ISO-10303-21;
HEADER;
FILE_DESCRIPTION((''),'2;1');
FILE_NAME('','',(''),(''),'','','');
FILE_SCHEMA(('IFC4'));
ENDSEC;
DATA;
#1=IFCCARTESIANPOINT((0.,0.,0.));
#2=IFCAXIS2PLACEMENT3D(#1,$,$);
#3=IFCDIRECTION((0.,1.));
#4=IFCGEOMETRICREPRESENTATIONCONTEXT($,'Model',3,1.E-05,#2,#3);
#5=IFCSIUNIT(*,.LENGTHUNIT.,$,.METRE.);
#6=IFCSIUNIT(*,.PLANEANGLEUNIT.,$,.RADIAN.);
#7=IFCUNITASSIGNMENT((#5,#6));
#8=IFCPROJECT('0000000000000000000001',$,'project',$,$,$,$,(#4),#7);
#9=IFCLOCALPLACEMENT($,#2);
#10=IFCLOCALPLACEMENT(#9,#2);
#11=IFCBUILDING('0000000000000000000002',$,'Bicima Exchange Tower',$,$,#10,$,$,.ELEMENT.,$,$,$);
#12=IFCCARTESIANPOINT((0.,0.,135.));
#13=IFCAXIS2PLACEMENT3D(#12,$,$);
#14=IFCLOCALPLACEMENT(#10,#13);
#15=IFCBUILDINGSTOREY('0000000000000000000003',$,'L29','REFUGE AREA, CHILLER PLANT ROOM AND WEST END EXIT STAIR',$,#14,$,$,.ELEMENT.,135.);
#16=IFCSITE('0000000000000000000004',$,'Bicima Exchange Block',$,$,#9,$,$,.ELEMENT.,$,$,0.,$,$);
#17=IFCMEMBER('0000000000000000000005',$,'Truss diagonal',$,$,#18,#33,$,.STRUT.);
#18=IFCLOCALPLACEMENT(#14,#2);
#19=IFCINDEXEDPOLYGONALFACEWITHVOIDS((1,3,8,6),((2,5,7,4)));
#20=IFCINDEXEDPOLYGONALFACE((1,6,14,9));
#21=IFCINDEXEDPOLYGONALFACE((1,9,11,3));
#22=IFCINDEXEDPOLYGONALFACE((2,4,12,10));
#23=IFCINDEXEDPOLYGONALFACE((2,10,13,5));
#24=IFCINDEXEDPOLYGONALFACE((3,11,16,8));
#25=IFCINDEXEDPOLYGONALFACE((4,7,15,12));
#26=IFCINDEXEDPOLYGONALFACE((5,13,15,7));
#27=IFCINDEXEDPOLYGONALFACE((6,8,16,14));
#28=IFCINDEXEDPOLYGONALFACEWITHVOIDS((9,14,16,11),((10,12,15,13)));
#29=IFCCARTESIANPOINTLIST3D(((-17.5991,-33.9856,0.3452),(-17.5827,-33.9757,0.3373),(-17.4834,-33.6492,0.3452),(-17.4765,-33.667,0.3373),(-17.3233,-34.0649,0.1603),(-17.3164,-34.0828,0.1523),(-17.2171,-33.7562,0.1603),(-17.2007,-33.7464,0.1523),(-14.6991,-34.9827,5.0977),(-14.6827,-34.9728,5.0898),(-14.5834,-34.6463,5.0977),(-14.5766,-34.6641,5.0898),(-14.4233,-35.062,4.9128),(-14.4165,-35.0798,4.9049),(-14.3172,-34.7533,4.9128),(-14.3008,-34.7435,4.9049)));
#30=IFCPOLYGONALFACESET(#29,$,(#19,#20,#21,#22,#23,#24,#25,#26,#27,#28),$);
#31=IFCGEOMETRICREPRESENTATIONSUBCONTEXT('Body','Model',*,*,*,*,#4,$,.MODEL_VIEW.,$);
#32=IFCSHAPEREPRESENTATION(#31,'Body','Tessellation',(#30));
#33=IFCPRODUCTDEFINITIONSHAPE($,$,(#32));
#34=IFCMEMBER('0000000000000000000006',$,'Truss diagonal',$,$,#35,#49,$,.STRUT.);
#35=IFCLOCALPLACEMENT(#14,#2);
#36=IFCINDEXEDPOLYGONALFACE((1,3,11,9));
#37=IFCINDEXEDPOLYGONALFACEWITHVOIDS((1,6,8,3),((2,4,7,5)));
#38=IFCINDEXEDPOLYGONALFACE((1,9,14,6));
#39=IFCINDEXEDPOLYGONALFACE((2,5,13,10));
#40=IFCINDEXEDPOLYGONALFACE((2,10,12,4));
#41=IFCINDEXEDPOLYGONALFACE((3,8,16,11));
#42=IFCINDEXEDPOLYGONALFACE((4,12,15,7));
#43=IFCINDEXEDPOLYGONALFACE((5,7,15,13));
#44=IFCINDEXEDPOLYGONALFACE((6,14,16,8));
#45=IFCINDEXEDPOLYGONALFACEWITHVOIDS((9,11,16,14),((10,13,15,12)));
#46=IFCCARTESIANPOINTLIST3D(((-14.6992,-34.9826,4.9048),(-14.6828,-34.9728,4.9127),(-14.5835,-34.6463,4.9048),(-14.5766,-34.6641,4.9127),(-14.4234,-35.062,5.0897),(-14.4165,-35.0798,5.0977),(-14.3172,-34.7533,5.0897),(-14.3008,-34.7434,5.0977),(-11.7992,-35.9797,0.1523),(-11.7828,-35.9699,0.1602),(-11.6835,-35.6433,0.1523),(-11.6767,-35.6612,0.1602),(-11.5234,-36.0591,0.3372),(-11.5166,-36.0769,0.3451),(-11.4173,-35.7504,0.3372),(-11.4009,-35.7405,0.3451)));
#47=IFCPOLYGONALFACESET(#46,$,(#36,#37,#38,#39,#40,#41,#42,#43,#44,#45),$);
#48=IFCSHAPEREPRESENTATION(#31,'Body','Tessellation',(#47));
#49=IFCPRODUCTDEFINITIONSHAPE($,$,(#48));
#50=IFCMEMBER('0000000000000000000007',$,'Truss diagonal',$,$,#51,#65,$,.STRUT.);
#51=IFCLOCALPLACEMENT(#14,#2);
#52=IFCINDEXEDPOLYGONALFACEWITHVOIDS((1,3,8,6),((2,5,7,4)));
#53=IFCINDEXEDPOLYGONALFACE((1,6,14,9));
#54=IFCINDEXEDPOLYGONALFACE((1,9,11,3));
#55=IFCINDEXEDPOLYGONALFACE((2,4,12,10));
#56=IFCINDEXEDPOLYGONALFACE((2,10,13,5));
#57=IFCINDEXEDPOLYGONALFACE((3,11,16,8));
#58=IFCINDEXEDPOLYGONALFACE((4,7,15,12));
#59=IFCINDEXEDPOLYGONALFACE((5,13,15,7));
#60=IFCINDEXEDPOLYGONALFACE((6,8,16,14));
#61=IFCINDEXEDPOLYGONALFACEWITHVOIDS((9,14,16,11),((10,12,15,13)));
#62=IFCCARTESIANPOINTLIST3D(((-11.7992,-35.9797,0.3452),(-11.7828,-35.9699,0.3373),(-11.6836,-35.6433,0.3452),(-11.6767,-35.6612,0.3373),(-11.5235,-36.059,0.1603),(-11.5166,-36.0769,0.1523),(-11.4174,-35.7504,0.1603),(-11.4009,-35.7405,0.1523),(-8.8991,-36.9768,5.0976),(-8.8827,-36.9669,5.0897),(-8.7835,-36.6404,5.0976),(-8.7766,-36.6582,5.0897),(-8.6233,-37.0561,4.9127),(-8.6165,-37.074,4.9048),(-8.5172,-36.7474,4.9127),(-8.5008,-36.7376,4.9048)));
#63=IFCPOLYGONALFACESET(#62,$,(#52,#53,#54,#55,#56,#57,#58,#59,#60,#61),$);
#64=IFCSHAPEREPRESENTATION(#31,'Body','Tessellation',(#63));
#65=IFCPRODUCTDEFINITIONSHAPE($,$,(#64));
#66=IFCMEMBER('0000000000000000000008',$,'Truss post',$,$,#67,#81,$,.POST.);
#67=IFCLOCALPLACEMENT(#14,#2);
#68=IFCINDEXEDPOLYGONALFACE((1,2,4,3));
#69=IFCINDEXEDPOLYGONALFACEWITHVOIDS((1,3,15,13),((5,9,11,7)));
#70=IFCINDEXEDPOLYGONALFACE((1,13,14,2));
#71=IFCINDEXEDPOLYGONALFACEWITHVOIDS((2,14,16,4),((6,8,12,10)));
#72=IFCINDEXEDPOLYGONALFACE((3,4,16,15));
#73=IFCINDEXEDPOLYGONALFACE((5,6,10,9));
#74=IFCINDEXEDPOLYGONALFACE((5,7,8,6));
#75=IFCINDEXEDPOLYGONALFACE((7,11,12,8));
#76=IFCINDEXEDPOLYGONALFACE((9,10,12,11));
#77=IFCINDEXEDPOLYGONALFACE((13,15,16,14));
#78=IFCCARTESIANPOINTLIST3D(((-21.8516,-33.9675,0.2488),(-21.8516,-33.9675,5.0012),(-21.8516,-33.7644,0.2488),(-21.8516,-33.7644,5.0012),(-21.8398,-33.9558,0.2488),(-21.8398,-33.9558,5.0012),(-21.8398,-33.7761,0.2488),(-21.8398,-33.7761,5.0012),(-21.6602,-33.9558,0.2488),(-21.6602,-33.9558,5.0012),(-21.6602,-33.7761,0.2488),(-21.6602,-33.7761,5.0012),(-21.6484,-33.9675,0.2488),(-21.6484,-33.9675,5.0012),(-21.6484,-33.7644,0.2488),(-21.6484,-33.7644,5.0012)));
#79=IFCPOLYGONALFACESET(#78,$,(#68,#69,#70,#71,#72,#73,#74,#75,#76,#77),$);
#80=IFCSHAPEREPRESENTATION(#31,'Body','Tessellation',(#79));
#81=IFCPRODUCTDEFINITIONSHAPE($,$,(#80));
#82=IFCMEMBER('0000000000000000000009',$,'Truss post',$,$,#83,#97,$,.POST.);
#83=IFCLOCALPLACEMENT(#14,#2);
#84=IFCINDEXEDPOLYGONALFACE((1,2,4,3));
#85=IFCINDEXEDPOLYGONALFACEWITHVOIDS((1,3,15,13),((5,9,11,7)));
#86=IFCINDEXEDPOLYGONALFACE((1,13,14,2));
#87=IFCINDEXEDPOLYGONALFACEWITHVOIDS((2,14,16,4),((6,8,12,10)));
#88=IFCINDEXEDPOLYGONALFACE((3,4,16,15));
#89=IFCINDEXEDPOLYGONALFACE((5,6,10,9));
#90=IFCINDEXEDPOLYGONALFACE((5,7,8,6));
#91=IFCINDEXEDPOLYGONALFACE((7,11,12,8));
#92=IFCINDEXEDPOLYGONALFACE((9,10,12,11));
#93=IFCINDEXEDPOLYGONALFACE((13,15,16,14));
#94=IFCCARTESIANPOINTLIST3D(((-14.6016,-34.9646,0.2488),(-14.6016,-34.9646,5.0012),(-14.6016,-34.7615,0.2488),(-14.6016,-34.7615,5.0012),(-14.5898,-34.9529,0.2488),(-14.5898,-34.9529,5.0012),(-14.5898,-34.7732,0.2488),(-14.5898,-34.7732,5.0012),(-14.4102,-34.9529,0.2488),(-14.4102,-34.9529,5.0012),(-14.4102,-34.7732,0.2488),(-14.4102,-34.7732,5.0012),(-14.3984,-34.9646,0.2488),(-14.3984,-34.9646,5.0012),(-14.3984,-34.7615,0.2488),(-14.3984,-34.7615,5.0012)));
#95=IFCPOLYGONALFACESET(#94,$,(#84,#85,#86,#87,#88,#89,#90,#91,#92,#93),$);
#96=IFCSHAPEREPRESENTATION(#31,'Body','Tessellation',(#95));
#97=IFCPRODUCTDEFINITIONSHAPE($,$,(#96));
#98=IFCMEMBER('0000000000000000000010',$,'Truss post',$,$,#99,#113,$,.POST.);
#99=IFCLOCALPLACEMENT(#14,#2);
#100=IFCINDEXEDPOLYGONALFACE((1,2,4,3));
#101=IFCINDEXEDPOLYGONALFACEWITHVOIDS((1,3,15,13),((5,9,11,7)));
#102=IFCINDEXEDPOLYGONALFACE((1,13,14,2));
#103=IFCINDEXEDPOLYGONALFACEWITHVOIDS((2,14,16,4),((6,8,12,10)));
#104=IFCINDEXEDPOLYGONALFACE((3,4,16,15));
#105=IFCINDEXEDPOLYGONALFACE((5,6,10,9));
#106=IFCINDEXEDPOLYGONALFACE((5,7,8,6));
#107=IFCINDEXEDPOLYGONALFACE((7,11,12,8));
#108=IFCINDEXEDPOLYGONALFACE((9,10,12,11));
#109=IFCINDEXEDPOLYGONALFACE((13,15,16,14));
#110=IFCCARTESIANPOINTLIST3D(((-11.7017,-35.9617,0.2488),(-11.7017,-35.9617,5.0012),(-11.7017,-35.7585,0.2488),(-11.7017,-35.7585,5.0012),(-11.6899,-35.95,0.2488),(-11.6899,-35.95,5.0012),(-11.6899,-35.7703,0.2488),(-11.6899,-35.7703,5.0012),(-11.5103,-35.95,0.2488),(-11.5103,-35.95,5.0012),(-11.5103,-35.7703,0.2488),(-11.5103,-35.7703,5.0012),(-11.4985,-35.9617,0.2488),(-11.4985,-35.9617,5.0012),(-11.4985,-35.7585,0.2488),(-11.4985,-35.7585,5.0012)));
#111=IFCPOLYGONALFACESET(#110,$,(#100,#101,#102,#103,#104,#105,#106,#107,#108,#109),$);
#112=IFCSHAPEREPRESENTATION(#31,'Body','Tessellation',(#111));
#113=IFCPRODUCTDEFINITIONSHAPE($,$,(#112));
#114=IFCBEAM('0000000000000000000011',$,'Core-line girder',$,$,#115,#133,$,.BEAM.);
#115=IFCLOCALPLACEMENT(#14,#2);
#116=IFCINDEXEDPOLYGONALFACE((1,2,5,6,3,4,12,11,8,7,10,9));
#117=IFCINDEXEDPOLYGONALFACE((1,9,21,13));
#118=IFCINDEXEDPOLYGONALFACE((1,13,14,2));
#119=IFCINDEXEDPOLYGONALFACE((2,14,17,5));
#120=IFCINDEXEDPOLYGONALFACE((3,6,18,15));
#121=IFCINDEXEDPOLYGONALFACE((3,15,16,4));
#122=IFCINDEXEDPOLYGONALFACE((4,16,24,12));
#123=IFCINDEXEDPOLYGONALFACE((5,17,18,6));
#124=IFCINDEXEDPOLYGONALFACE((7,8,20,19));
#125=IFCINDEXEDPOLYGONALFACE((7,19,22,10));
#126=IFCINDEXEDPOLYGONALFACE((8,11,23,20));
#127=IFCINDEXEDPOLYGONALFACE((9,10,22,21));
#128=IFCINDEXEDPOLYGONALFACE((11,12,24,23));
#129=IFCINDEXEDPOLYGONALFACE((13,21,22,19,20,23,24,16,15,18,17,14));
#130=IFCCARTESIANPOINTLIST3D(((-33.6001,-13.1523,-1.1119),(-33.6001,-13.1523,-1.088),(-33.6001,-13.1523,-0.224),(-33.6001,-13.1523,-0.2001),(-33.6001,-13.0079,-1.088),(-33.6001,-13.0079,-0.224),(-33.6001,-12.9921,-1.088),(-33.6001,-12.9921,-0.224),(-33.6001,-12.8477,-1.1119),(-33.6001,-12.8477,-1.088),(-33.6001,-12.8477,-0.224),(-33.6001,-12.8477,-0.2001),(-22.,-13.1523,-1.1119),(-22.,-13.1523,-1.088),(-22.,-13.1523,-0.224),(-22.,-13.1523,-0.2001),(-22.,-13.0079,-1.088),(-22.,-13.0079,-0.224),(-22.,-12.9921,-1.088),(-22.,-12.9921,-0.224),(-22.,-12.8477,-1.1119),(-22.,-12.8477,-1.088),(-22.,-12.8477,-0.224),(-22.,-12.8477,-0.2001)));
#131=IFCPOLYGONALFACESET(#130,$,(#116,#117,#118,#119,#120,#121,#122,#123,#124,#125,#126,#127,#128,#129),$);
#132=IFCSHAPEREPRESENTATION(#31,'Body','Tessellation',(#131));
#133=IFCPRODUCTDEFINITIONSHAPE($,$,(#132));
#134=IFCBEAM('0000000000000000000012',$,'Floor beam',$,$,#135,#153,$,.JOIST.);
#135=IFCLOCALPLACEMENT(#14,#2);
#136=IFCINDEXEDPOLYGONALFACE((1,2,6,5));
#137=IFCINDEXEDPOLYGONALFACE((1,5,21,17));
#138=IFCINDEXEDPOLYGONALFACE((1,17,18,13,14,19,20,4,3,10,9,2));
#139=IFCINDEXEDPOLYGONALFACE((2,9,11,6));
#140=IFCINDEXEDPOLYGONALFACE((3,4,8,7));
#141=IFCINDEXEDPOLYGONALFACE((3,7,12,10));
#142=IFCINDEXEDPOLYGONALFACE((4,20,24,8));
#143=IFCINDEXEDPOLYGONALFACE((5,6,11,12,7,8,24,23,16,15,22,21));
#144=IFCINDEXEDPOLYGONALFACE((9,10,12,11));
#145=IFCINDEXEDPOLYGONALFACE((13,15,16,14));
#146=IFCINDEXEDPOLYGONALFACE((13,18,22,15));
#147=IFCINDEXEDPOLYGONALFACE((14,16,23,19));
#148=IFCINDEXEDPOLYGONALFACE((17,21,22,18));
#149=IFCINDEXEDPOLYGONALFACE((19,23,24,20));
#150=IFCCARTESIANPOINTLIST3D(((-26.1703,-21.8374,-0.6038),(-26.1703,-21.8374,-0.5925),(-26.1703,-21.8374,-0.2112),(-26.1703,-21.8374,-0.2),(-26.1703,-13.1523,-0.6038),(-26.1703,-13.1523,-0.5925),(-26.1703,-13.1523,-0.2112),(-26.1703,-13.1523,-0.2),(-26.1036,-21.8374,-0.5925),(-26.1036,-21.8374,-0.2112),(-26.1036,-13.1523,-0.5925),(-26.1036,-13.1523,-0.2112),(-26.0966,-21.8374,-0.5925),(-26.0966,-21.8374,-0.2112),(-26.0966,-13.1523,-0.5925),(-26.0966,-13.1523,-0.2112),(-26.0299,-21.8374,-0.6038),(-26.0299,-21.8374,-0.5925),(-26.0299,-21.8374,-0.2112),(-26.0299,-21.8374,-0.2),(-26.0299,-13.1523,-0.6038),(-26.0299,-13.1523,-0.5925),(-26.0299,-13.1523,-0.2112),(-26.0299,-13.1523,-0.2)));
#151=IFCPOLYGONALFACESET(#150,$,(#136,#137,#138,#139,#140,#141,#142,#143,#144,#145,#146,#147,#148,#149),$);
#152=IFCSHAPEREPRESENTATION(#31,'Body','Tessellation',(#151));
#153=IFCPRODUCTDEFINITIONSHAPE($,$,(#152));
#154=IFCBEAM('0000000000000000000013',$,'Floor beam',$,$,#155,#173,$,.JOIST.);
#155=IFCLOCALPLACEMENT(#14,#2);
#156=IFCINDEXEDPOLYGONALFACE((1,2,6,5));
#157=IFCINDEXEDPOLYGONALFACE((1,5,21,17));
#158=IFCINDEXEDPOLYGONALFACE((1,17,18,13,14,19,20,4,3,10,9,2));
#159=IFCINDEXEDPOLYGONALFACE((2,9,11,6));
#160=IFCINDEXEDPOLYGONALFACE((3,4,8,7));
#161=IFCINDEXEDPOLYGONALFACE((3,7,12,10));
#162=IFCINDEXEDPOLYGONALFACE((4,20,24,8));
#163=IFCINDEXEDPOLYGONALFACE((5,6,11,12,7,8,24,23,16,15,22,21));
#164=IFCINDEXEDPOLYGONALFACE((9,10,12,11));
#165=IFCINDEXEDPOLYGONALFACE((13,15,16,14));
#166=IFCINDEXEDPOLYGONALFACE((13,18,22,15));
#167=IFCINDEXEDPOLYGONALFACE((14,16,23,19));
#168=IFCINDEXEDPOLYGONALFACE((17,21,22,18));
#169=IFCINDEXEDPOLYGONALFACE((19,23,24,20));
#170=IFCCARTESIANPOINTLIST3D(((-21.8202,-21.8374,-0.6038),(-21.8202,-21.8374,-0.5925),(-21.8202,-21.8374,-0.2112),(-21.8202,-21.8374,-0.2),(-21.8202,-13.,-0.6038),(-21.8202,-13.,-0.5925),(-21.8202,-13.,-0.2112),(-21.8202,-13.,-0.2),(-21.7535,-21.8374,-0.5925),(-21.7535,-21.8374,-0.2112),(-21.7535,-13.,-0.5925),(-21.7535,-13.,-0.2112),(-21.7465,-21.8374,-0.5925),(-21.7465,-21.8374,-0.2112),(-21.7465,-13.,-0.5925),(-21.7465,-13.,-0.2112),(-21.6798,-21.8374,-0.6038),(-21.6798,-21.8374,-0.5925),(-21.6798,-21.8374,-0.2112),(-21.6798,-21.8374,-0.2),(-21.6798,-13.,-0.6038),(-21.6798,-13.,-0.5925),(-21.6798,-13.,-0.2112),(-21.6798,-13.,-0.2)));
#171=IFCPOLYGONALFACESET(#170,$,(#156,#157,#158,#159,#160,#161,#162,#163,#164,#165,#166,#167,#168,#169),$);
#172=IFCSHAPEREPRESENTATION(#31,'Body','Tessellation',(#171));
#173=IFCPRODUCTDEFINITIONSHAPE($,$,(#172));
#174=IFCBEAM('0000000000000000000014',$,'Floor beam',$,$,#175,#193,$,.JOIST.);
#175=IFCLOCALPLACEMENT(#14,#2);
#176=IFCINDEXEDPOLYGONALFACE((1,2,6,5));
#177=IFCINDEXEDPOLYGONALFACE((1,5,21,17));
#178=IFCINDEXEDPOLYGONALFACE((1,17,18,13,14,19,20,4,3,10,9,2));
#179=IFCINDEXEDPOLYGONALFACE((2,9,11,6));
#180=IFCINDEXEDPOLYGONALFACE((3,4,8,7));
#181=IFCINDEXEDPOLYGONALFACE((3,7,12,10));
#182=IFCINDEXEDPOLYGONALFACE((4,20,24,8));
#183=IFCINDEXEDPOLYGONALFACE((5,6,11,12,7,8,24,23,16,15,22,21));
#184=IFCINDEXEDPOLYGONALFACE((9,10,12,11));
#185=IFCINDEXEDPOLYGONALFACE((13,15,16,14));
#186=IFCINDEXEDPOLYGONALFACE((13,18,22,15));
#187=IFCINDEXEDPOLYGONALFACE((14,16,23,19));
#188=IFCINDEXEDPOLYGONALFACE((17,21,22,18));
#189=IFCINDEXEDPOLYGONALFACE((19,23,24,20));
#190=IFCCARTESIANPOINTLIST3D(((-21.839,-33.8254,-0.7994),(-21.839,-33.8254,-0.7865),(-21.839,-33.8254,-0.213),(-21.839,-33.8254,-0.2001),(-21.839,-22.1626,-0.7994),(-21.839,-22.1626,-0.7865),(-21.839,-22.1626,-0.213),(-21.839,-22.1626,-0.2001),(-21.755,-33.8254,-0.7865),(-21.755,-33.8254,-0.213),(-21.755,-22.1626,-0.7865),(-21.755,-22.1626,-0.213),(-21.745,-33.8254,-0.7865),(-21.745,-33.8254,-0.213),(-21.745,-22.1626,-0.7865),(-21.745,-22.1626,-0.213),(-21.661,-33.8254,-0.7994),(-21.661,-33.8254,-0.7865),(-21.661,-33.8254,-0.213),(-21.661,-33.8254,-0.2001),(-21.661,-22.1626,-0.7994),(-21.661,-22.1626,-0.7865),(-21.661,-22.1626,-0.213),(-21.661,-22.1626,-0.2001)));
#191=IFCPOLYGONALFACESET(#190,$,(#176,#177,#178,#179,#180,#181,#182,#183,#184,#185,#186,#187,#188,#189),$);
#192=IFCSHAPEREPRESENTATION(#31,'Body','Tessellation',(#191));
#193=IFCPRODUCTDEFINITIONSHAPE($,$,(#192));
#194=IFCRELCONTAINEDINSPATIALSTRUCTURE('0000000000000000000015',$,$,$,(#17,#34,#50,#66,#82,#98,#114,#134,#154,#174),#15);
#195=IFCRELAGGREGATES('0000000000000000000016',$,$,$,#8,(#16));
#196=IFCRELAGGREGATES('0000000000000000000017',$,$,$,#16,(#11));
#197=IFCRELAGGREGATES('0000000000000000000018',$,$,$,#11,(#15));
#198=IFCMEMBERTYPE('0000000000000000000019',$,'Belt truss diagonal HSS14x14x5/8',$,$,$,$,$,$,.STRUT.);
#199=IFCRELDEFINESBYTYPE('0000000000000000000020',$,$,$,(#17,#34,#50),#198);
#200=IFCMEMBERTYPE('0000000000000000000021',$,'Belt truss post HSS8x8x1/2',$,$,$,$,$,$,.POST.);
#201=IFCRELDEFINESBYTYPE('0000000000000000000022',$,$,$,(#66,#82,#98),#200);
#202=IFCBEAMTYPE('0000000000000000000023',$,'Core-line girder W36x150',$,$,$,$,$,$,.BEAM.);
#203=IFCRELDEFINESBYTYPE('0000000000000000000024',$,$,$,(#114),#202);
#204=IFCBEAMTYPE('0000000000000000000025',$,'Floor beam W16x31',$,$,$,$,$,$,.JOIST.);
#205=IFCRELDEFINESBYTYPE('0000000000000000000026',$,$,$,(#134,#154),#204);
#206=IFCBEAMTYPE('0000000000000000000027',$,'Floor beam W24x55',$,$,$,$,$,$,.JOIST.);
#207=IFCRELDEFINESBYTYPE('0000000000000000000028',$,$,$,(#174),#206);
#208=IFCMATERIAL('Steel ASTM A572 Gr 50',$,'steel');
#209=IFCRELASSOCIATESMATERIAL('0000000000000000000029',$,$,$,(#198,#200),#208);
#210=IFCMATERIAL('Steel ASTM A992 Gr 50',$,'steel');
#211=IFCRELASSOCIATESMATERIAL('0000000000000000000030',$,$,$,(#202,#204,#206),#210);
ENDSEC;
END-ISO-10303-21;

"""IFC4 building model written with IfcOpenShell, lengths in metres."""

from ifc_helpers import new_model, si_unit, direction, frame, origin, origin_2d, place, context, subcontext, project, spatial, hollow_rectangle, i_section, extrude, material, material_profile, profile_set, type_object, element, save


model = new_model("IFC4")

# Units and contexts
model_context = context("Model", 3, precision=1e-05, world=origin(), true_north=direction((0.0, 1.0)))
body_context = subcontext(model_context, "Body", "Model", "MODEL_VIEW")
ifc_project = project(units=[si_unit("LENGTHUNIT", "METRE"), si_unit("PLANEANGLEUNIT", "RADIAN")], contexts=[model_context])

# Site, building, storey
site_placement = place(None, origin())
site = spatial("IfcSite", under=ifc_project, at=site_placement, Name="Bicima Exchange Block", CompositionType="ELEMENT", RefElevation=0.0)
building_placement = place(site_placement, origin())
building = spatial("IfcBuilding", under=site, at=building_placement, Name="Bicima Exchange Tower", CompositionType="ELEMENT")
storey_placement = place(building_placement, frame((0.0, 0.0, 135.0)))
storey = spatial("IfcBuildingStorey", under=building, at=storey_placement, Name="L29", Description="REFUGE AREA, CHILLER PLANT ROOM AND WEST END EXIT STAIR", CompositionType="ELEMENT", Elevation=135.0)

# Shared definitions
ifc_material_1 = material(Name="Steel ASTM A992 Gr 50", Category="steel")

# Members
ifc_material_2 = material(Name="Steel ASTM A572 Gr 50", Category="steel")
ifc_material_profile_1 = material_profile(ifc_material_2, hollow_rectangle(XDim=0.3557, YDim=0.3557, WallThickness=0.0146, at=origin_2d()))
ifc_profile_set_1 = profile_set([ifc_material_profile_1], Name="Steel ASTM A572 Gr 50")
member_type_1 = type_object("IfcMemberType", Name="Belt truss diagonal HSS14x14x5/8", PredefinedType="STRUT", material=ifc_profile_set_1)
for number, where, z_axis, x_axis, name in (
    (1, (-17.3999, -33.866, 0.2488), (0.512721, -0.176288, 0.840262), (0.325147, 0.945664, 0.0), "Truss diagonal"),
    (2, (-14.5, -34.863, 5.0012), (0.512721, -0.176288, -0.840262), (0.325147, 0.945664, 0.0), "Truss diagonal"),
    (3, (-11.6001, -35.8601, 0.2488), (0.512753, -0.176284, 0.840243), (0.325122, 0.945672, 0.0), "Truss diagonal"),
):
    element("IfcMember", number, at=place(storey_placement, frame(where, z_axis=z_axis, x_axis=x_axis)), inside=storey, type_object=member_type_1, Name=name, PredefinedType="STRUT", context=body_context, shape_type="SweptSolid", body=[
        extrude(hollow_rectangle(XDim=0.3557, YDim=0.3557, WallThickness=0.0146, at=origin_2d()), origin(), (0.0, 0.0, 1.0), 5.656),
    ])
ifc_material_profile_2 = material_profile(ifc_material_2, hollow_rectangle(XDim=0.2031, YDim=0.2031, WallThickness=0.0117, at=origin_2d()))
ifc_profile_set_2 = profile_set([ifc_material_profile_2], Name="Steel ASTM A572 Gr 50")
member_type_2 = type_object("IfcMemberType", Name="Belt truss post HSS8x8x1/2", PredefinedType="POST", material=ifc_profile_set_2)
for number, where, z_axis, x_axis, name in (
    (4, (-21.75, -33.866, 0.2488), (0.0, 0.0, 1.0), (1.0, 0.0, 0.0), "Truss post"),
    (5, (-14.5, -34.863, 0.2488), (0.0, 0.0, 1.0), (1.0, 0.0, 0.0), "Truss post"),
    (6, (-11.6001, -35.8601, 0.2488), (0.0, 0.0, 1.0), (1.0, 0.0, 0.0), "Truss post"),
):
    element("IfcMember", number, at=place(storey_placement, frame(where, z_axis=z_axis, x_axis=x_axis)), inside=storey, type_object=member_type_2, Name=name, PredefinedType="POST", context=body_context, shape_type="SweptSolid", body=[
        extrude(hollow_rectangle(XDim=0.2031, YDim=0.2031, WallThickness=0.0117, at=origin_2d()), origin(), (0.0, 0.0, 1.0), 4.7524),
    ])

# Beams
ifc_material_profile_3 = material_profile(ifc_material_1, i_section(OverallWidth=0.3047, OverallDepth=0.9119, WebThickness=0.0159, FlangeThickness=0.0239, at=origin_2d()))
ifc_profile_set_3 = profile_set([ifc_material_profile_3], Name="Steel ASTM A992 Gr 50")
beam_type_1 = type_object("IfcBeamType", Name="Core-line girder W36x150", PredefinedType="BEAM", material=ifc_profile_set_3)
beam_1_placement = place(storey_placement, frame((-22.0, -13.0, -0.656), z_axis=(-1.0, 0.0, 0.0), x_axis=(0.0, -1.0, 0.0)))
element("IfcBeam", 7, at=beam_1_placement, inside=storey, type_object=beam_type_1, Name="Core-line girder", PredefinedType="BEAM", context=body_context, shape_type="SweptSolid", body=[
    extrude(i_section(OverallWidth=0.3047, OverallDepth=0.9119, WebThickness=0.0159, FlangeThickness=0.0239, at=origin_2d()), origin(), (0.0, 0.0, 1.0), 11.6001),
])
ifc_material_profile_4 = material_profile(ifc_material_1, i_section(OverallWidth=0.1404, OverallDepth=0.4038, WebThickness=0.0071, FlangeThickness=0.0112, at=origin_2d()))
ifc_profile_set_4 = profile_set([ifc_material_profile_4], Name="Steel ASTM A992 Gr 50")
beam_type_2 = type_object("IfcBeamType", Name="Floor beam W16x31", PredefinedType="JOIST", material=ifc_profile_set_4)
beam_2_placement = place(storey_placement, frame((-26.1001, -13.1523, -0.4019), z_axis=(0.0, -1.0, 0.0), x_axis=(1.0, 0.0, 0.0)))
element("IfcBeam", 8, at=beam_2_placement, inside=storey, type_object=beam_type_2, Name="Floor beam", PredefinedType="JOIST", context=body_context, shape_type="SweptSolid", body=[
    extrude(i_section(OverallWidth=0.1404, OverallDepth=0.4038, WebThickness=0.0071, FlangeThickness=0.0112, at=origin_2d()), origin(), (0.0, 0.0, 1.0), 8.6851),
])
beam_3_placement = place(storey_placement, frame((-21.75, -13.0, -0.4019), z_axis=(0.0, -1.0, 0.0), x_axis=(1.0, 0.0, 0.0)))
element("IfcBeam", 9, at=beam_3_placement, inside=storey, type_object=beam_type_2, Name="Floor beam", PredefinedType="JOIST", context=body_context, shape_type="SweptSolid", body=[
    extrude(i_section(OverallWidth=0.1404, OverallDepth=0.4038, WebThickness=0.0071, FlangeThickness=0.0112, at=origin_2d()), origin(), (0.0, 0.0, 1.0), 8.8374),
])
ifc_material_profile_5 = material_profile(ifc_material_1, i_section(OverallWidth=0.178, OverallDepth=0.5994, WebThickness=0.01, FlangeThickness=0.0129, at=origin_2d()))
ifc_profile_set_5 = profile_set([ifc_material_profile_5], Name="Steel ASTM A992 Gr 50")
beam_type_3 = type_object("IfcBeamType", Name="Floor beam W24x55", PredefinedType="JOIST", material=ifc_profile_set_5)
for number, where, z_axis, x_axis, name in (
    (10, (-21.75, -22.1626, -0.4998), (0.0, -1.0, 0.0), (1.0, 0.0, 0.0), "Floor beam"),
):
    element("IfcBeam", number, at=place(storey_placement, frame(where, z_axis=z_axis, x_axis=x_axis)), inside=storey, type_object=beam_type_3, Name=name, PredefinedType="JOIST", context=body_context, shape_type="SweptSolid", body=[
        extrude(i_section(OverallWidth=0.178, OverallDepth=0.5994, WebThickness=0.01, FlangeThickness=0.0129, at=origin_2d()), origin(), (0.0, 0.0, 1.0), 11.6628),
    ])

save(model, "model.ifc")
